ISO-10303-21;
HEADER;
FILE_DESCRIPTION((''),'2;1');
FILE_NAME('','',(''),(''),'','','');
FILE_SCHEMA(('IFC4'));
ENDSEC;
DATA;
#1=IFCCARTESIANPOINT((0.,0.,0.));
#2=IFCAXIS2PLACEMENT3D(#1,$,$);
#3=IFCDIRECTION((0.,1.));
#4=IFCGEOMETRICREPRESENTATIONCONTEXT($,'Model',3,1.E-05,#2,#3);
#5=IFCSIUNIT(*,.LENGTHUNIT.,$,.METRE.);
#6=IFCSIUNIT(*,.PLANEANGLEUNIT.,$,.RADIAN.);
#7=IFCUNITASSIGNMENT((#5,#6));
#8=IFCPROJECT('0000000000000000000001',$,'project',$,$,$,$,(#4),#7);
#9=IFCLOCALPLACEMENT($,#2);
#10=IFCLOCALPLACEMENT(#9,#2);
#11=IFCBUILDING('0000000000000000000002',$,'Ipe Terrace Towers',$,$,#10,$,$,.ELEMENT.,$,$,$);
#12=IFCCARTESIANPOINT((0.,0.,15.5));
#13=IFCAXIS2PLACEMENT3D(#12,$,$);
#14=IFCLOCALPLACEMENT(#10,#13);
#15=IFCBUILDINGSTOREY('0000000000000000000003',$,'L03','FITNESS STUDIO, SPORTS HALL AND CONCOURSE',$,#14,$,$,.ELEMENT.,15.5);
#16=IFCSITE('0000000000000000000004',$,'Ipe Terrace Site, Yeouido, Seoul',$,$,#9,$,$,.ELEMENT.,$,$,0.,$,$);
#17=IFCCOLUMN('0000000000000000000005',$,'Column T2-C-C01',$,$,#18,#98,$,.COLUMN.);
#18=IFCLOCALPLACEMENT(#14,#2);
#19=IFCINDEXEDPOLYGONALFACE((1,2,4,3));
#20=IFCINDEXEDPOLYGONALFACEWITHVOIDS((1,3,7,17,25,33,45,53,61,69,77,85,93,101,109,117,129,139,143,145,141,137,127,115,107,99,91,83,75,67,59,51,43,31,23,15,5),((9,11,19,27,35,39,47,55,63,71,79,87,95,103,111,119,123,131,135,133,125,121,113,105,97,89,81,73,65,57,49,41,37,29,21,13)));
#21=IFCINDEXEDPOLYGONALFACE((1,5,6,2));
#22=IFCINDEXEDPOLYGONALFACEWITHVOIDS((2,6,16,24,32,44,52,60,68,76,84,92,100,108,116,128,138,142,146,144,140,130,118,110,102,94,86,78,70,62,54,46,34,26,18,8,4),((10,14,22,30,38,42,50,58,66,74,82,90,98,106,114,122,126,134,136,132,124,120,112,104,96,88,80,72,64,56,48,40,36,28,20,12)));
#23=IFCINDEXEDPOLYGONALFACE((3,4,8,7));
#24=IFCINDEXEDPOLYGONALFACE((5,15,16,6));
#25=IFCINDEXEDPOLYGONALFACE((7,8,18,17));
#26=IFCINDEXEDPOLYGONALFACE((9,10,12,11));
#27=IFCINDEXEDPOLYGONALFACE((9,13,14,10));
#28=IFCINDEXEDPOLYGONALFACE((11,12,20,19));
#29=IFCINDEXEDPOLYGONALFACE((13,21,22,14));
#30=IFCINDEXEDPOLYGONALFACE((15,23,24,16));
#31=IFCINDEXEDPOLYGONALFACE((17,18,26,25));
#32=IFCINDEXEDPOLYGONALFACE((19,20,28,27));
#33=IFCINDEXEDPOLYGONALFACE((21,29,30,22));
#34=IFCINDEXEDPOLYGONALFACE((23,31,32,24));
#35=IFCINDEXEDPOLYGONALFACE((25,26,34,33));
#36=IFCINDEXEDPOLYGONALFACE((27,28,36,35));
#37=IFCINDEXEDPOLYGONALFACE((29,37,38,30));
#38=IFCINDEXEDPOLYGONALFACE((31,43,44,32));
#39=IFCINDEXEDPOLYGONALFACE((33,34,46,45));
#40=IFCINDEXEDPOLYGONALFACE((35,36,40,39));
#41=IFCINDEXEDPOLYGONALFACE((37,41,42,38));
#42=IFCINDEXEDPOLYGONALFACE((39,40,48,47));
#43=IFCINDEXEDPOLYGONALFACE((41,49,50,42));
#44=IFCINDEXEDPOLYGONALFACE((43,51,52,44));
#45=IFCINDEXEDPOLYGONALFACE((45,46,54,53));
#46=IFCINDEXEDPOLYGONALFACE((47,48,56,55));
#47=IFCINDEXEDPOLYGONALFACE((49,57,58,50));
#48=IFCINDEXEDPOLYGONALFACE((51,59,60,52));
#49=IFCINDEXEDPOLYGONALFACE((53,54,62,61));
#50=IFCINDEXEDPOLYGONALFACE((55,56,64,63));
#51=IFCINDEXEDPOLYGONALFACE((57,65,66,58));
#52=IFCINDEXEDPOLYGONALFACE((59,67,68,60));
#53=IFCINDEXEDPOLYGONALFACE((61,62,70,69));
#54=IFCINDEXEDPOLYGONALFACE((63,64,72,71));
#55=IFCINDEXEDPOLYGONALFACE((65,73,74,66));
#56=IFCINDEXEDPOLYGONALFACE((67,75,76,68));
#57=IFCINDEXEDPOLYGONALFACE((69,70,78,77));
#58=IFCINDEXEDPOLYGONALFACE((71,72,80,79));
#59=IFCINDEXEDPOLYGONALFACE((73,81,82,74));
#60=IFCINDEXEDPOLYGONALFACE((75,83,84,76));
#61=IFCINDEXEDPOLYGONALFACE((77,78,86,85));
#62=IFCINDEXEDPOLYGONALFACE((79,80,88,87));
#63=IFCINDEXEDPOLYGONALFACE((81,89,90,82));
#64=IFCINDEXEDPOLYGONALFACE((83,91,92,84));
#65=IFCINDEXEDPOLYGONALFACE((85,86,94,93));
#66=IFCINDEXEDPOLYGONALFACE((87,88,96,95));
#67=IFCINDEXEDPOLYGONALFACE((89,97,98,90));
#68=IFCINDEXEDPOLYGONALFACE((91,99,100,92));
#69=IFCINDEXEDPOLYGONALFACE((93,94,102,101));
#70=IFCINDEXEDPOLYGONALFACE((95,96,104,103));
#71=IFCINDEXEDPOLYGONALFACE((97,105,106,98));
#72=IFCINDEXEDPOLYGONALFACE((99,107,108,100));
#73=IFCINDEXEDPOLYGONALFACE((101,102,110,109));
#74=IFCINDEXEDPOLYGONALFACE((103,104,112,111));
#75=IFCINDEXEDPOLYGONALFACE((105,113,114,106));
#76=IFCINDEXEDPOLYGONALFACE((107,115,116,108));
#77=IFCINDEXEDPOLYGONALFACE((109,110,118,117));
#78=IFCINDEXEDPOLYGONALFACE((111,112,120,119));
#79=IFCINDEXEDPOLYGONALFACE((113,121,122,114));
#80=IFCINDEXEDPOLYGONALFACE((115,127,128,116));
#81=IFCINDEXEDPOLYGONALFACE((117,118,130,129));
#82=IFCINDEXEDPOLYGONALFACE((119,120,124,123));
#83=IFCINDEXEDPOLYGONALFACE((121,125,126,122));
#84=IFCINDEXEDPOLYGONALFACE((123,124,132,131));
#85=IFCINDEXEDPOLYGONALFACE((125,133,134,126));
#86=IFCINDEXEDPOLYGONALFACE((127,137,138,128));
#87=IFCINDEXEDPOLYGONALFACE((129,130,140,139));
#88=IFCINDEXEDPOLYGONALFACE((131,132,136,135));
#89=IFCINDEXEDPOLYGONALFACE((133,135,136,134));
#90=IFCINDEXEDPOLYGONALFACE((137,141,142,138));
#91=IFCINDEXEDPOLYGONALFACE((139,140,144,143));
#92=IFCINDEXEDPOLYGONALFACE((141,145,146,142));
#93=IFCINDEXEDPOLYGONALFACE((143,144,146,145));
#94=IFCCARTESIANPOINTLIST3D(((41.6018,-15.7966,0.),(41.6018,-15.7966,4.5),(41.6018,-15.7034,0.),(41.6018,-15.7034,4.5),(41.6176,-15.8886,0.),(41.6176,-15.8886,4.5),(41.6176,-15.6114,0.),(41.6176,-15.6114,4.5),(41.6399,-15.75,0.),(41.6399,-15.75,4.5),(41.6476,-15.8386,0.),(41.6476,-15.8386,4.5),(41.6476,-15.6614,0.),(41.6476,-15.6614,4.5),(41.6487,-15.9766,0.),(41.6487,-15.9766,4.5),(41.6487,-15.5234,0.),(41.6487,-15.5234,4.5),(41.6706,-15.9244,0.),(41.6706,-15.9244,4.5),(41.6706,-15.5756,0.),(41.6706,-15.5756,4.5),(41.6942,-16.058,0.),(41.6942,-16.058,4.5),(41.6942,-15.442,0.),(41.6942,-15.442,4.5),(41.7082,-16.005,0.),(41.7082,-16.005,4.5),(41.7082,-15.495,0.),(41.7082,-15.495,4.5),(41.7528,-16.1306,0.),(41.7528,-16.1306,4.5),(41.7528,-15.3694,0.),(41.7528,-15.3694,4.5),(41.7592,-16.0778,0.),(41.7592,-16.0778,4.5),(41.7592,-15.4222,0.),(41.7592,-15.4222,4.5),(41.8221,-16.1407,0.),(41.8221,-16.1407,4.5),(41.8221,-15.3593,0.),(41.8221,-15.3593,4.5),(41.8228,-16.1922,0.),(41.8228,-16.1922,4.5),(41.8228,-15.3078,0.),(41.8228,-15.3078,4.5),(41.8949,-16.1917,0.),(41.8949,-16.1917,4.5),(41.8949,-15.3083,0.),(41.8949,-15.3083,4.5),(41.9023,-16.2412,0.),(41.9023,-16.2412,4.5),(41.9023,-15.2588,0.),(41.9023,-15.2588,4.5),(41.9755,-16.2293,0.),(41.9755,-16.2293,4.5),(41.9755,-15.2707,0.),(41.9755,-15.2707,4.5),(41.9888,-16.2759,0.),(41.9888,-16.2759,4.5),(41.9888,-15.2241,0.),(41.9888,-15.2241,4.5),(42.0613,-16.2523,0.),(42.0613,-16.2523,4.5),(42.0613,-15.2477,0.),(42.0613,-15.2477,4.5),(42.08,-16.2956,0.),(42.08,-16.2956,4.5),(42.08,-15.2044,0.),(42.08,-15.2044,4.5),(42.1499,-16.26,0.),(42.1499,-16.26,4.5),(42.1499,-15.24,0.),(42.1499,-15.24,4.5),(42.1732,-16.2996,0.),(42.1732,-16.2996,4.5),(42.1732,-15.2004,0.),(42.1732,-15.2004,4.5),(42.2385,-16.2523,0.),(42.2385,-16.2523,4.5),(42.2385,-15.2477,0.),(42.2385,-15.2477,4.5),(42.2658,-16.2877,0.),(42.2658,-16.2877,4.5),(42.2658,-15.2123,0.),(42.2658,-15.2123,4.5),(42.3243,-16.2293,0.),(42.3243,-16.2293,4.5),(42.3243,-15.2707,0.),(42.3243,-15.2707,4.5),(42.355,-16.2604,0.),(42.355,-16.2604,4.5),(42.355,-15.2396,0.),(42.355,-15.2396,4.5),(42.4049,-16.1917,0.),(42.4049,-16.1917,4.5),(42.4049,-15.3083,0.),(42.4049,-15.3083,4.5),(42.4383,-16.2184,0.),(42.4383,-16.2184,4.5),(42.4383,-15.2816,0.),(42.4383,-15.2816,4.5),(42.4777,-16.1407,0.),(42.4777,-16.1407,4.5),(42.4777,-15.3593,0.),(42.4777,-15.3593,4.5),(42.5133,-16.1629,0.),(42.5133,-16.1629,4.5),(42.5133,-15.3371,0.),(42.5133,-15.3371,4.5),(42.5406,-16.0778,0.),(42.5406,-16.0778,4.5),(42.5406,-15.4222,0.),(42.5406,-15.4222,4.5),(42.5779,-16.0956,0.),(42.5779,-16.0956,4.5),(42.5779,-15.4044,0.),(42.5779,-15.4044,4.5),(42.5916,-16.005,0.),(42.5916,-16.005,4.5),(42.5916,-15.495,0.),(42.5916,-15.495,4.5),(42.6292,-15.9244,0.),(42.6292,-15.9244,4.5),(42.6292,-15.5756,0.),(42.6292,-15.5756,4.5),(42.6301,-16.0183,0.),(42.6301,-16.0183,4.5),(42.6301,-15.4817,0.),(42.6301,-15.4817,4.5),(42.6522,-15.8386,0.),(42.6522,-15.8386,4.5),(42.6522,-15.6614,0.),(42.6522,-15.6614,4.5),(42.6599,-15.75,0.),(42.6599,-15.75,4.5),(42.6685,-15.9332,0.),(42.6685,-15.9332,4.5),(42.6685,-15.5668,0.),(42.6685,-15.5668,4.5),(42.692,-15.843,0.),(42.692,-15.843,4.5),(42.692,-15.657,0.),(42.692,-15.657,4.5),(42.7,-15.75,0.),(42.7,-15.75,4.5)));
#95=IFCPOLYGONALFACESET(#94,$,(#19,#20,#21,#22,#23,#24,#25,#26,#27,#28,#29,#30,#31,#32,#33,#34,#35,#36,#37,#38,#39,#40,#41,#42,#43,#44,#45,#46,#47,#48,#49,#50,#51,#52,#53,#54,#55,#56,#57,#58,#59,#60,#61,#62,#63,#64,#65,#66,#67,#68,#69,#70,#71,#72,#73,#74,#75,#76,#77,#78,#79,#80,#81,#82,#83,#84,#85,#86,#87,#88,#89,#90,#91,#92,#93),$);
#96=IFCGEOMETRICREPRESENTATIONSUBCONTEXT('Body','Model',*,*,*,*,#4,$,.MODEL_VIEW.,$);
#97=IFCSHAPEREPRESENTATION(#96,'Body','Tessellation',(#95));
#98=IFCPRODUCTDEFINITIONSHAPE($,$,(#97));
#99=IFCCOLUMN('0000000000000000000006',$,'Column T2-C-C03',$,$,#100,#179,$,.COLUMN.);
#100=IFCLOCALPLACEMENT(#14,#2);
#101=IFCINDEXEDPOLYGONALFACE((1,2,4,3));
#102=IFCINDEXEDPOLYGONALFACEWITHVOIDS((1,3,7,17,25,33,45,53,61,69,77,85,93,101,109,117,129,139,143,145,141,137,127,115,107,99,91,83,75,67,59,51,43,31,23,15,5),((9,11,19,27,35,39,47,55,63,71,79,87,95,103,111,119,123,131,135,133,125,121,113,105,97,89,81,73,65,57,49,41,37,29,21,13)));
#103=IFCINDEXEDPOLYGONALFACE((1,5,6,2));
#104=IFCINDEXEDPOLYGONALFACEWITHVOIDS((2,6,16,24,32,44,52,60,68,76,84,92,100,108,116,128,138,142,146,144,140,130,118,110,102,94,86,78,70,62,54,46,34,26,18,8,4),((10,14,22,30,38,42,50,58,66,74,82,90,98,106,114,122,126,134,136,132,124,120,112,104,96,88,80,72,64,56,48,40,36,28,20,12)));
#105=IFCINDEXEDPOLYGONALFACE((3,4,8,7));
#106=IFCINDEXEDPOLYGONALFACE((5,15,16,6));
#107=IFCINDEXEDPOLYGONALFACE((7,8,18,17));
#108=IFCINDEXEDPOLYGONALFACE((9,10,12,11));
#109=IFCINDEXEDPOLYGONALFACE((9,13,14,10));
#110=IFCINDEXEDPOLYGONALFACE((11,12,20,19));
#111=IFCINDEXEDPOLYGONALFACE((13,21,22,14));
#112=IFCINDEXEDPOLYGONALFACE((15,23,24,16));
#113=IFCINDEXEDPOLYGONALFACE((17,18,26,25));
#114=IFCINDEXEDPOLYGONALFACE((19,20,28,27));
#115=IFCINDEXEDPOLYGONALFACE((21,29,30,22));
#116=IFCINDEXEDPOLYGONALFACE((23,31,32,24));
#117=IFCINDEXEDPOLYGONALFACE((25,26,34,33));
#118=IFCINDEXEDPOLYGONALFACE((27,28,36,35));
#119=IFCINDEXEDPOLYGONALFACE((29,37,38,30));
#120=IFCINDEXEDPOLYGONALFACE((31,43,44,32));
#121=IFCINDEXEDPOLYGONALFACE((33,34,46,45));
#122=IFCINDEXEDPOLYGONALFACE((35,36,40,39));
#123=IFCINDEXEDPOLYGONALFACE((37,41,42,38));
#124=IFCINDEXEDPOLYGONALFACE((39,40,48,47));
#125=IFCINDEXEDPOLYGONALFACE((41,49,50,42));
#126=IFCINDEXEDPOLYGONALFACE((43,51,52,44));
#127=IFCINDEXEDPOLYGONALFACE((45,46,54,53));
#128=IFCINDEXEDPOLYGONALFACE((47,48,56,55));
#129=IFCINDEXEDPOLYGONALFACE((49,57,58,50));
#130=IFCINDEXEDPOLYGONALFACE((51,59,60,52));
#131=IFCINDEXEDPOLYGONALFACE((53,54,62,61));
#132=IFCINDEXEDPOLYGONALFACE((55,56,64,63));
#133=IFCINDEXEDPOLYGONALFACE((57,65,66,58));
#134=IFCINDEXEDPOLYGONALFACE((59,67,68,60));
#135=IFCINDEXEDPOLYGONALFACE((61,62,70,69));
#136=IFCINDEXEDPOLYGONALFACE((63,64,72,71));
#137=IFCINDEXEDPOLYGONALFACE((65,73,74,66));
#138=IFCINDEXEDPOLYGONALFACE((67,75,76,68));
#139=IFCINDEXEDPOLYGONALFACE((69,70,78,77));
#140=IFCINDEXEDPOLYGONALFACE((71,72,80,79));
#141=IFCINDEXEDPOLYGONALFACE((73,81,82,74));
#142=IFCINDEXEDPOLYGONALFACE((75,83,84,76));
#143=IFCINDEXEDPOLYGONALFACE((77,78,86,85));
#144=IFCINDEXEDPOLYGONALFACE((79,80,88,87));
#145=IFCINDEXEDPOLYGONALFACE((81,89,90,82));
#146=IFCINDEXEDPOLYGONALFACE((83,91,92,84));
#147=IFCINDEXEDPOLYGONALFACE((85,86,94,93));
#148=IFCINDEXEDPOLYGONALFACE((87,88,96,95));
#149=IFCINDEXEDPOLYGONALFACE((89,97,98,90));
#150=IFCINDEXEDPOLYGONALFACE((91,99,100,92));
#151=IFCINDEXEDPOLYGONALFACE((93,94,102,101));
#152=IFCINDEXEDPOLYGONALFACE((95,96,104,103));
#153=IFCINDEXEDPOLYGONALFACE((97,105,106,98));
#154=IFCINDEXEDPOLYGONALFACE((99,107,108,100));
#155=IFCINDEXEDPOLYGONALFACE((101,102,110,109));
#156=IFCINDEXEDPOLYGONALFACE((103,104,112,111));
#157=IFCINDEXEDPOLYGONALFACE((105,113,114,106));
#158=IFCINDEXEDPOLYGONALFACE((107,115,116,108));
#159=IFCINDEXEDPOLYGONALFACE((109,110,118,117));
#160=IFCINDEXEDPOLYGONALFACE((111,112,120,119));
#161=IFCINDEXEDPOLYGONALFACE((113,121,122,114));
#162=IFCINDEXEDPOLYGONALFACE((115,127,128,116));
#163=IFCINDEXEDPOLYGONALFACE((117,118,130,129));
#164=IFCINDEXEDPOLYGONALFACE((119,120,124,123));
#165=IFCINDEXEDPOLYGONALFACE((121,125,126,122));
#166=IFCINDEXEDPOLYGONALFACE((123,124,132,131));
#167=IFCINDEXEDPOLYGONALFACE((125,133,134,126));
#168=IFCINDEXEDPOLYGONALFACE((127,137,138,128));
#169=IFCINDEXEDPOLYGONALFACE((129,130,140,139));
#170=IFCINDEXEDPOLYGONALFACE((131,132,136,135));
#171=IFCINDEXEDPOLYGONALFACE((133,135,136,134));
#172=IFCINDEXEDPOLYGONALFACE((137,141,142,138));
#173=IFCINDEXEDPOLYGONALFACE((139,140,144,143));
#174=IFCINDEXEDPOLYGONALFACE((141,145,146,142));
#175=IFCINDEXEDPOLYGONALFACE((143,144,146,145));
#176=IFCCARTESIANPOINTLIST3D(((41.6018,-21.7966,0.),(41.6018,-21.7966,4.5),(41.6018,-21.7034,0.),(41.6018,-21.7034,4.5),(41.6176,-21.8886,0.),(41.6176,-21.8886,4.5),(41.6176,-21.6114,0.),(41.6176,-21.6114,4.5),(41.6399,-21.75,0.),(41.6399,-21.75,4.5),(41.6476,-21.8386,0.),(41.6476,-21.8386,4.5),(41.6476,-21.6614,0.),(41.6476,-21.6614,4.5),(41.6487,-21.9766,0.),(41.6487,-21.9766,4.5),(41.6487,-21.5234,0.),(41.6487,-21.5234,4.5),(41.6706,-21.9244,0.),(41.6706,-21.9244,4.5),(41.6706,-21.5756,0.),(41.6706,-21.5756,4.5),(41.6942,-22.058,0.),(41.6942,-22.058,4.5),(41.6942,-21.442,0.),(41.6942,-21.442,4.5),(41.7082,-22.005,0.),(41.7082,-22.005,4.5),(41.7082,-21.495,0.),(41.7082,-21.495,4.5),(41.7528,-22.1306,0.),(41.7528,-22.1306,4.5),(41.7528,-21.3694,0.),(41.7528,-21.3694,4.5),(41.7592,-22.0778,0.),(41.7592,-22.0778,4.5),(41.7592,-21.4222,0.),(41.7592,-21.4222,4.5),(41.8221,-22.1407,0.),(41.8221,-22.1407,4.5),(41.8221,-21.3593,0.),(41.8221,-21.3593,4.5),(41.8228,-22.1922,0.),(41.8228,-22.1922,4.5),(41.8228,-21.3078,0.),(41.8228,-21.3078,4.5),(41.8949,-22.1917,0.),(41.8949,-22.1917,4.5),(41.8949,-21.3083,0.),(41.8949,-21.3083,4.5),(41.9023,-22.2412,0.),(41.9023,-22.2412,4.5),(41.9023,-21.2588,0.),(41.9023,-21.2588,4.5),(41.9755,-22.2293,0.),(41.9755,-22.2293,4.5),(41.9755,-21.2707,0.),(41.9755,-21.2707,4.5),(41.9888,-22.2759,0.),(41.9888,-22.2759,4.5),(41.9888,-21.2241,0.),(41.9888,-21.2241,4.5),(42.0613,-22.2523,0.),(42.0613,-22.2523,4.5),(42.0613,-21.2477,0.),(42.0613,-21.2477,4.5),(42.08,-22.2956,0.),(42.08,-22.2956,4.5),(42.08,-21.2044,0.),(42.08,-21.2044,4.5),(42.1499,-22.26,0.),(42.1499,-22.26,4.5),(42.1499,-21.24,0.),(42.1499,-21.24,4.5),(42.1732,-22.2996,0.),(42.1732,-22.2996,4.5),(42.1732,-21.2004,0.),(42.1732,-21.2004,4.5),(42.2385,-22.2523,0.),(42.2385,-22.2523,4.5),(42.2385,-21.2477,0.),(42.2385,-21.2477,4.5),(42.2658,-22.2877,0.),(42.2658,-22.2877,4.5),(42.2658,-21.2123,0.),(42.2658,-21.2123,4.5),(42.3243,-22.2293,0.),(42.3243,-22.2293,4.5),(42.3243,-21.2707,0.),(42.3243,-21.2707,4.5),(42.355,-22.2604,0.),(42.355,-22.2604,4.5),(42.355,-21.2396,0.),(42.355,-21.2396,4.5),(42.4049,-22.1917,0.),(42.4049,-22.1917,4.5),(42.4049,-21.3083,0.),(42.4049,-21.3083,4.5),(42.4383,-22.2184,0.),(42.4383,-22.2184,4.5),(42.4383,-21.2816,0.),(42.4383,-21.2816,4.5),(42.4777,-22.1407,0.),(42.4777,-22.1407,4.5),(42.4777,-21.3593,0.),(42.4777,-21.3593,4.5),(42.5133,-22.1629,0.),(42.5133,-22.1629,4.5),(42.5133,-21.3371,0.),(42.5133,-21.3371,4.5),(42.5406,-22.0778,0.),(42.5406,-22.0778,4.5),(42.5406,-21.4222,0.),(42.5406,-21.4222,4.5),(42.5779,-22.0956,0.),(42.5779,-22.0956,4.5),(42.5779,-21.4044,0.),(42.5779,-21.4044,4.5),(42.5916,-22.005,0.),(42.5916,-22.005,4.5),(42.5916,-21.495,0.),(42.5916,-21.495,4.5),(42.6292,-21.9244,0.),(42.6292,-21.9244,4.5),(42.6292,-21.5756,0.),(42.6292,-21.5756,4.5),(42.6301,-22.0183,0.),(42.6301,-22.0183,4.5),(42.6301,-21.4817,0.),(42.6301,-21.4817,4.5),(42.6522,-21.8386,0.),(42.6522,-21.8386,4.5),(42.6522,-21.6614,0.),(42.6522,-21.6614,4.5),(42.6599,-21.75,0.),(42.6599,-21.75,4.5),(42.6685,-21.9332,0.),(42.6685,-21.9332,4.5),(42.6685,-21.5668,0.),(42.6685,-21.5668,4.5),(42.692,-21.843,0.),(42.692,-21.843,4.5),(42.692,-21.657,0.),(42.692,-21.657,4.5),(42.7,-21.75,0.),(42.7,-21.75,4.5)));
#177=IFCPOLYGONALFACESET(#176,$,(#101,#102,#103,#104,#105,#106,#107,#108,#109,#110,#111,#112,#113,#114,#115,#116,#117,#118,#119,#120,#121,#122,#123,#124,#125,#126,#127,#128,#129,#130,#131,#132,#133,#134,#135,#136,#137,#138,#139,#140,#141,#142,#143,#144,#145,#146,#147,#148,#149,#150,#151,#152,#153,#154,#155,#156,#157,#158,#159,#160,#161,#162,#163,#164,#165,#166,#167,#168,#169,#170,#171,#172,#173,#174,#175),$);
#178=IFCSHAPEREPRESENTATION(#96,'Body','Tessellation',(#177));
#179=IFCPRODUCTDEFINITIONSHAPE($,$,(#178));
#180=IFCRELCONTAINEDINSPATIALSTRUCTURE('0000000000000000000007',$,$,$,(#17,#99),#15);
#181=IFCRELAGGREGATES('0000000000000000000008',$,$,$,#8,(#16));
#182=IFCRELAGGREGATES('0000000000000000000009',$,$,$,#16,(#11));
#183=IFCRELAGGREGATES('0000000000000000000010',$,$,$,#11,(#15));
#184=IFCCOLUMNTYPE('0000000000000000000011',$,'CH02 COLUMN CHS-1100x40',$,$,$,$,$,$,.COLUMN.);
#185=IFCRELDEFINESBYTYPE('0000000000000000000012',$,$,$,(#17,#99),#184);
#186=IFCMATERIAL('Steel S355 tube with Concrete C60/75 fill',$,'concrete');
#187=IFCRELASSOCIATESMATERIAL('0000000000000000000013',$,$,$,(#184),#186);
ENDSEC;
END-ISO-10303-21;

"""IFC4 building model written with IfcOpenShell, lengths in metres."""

from ifc_helpers import new_model, si_unit, direction, frame, origin, origin_2d, place, context, subcontext, project, spatial, hollow_circle, extrude, material, material_profile, profile_set, type_object, element, save


model = new_model("IFC4")

# Units and contexts
model_context = context("Model", 3, precision=1e-05, world=origin(), true_north=direction((0.0, 1.0)))
body_context = subcontext(model_context, "Body", "Model", "MODEL_VIEW")
ifc_project = project(units=[si_unit("LENGTHUNIT", "METRE"), si_unit("PLANEANGLEUNIT", "RADIAN")], contexts=[model_context])

# Site, building, storey
site_placement = place(None, origin())
site = spatial("IfcSite", under=ifc_project, at=site_placement, Name="Ipe Terrace Site, Yeouido, Seoul", CompositionType="ELEMENT", RefElevation=0.0)
building_placement = place(site_placement, origin())
building = spatial("IfcBuilding", under=site, at=building_placement, Name="Ipe Terrace Towers", CompositionType="ELEMENT")
storey_placement = place(building_placement, frame((0.0, 0.0, 15.5)))
storey = spatial("IfcBuildingStorey", under=building, at=storey_placement, Name="L03", Description="FITNESS STUDIO, SPORTS HALL AND CONCOURSE", CompositionType="ELEMENT", Elevation=15.5)

# Columns
ifc_material_1 = material(Name="Steel S355 tube with Concrete C60/75 fill", Category="concrete")
ifc_material_profile_1 = material_profile(ifc_material_1, hollow_circle(Radius=0.55, WallThickness=0.04, at=origin_2d()), Name="CHS-1100x40")
ifc_profile_set_1 = profile_set([ifc_material_profile_1], Name="Steel S355 tube with Concrete C60/75 fill")
column_type_1 = type_object("IfcColumnType", Name="CH02 COLUMN CHS-1100x40", PredefinedType="COLUMN", material=ifc_profile_set_1)
for number, where, z_axis, x_axis, name in (
    (1, (42.1499, -15.75, 0.0), (0.0, 0.0, 1.0), (1.0, 0.0, 0.0), "Column T2-C-C01"),
    (2, (42.1499, -21.75, 0.0), (0.0, 0.0, 1.0), (1.0, 0.0, 0.0), "Column T2-C-C03"),
):
    element("IfcColumn", number, at=place(storey_placement, frame(where, z_axis=z_axis, x_axis=x_axis)), inside=storey, type_object=column_type_1, Name=name, PredefinedType="COLUMN", context=body_context, shape_type="SweptSolid", body=[
        extrude(hollow_circle(Radius=0.55, WallThickness=0.04, at=origin_2d()), origin(), (0.0, 0.0, 1.0), 4.5),
    ])

save(model, "model.ifc")
